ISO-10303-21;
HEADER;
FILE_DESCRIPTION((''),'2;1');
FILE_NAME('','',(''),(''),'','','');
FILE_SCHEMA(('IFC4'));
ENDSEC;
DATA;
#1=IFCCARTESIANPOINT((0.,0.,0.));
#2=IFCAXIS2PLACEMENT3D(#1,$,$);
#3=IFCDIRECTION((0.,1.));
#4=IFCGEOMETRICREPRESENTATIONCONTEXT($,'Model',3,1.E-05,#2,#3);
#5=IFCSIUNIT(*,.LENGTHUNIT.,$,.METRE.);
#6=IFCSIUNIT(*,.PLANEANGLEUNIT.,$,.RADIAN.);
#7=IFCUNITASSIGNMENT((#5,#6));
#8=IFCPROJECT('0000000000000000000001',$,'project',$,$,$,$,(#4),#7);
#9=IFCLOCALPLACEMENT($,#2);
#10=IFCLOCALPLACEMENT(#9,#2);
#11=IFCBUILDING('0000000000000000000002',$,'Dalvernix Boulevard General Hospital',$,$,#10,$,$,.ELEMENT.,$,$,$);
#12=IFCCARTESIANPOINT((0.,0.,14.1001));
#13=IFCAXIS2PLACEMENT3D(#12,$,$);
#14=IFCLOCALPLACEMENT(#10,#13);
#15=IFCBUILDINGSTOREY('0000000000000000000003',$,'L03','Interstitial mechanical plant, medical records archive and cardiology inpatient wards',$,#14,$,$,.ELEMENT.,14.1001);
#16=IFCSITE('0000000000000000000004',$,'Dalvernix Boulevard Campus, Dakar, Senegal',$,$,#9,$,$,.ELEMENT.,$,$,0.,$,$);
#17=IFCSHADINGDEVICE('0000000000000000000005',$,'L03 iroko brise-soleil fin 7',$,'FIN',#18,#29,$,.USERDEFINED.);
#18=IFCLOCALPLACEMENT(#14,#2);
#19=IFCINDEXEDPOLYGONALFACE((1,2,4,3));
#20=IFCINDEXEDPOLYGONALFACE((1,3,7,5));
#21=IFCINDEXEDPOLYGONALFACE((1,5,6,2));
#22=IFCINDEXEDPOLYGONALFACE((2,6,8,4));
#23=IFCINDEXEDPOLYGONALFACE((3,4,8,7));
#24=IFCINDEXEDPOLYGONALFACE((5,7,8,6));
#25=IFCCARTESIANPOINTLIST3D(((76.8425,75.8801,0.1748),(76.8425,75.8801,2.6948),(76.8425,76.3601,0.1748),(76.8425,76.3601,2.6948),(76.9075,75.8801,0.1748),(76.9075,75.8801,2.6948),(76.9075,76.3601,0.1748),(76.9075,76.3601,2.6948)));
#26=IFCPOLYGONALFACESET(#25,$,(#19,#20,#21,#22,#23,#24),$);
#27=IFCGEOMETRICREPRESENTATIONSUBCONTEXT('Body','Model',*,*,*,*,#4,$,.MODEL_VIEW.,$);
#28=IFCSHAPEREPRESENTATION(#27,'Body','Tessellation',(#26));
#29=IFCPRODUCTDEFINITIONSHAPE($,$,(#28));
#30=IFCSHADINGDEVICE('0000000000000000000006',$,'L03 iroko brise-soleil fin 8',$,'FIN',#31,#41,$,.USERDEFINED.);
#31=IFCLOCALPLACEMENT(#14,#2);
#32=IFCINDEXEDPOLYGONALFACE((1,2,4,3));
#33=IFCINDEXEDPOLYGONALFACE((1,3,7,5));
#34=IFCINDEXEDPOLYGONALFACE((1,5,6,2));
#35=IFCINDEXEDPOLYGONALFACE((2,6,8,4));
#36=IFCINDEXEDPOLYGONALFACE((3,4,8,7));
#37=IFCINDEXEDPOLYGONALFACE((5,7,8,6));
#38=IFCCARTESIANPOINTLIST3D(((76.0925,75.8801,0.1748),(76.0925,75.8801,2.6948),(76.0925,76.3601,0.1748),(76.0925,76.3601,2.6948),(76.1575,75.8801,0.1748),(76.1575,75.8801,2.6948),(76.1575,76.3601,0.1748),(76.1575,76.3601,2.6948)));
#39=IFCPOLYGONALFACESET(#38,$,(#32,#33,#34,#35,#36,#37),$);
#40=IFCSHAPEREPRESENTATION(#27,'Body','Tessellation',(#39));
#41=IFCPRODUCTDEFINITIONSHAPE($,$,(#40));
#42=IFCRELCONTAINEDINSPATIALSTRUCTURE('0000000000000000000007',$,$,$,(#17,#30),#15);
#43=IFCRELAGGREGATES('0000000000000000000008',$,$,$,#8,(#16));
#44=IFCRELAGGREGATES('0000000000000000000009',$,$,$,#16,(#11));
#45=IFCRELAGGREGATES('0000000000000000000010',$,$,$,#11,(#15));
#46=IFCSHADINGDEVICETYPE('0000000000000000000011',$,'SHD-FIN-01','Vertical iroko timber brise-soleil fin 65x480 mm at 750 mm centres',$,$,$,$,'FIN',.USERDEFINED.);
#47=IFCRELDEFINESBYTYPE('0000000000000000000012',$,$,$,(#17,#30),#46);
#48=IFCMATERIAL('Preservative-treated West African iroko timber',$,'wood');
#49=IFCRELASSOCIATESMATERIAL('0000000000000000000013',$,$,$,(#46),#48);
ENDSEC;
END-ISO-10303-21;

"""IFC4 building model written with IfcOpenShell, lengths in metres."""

from ifc_helpers import new_model, si_unit, direction, frame, origin, origin_2d, place, context, subcontext, project, spatial, rectangle, extrude, material, type_object, element, save


model = new_model("IFC4")

# Units and contexts
model_context = context("Model", 3, precision=1e-05, world=origin(), true_north=direction((0.0, 1.0)))
body_context = subcontext(model_context, "Body", "Model", "MODEL_VIEW")
ifc_project = project(units=[si_unit("LENGTHUNIT", "METRE"), si_unit("PLANEANGLEUNIT", "RADIAN")], contexts=[model_context])

# Site, building, storey
site_placement = place(None, origin())
site = spatial("IfcSite", under=ifc_project, at=site_placement, Name="Dalvernix Boulevard Campus, Dakar, Senegal", CompositionType="ELEMENT", RefElevation=0.0)
building_placement = place(site_placement, origin())
building = spatial("IfcBuilding", under=site, at=building_placement, Name="Dalvernix Boulevard General Hospital", CompositionType="ELEMENT")
storey_placement = place(building_placement, frame((0.0, 0.0, 14.1001)))
storey = spatial("IfcBuildingStorey", under=building, at=storey_placement, Name="L03", Description="Interstitial mechanical plant, medical records archive and cardiology inpatient wards", CompositionType="ELEMENT", Elevation=14.1001)

# Shading devices
ifc_material_1 = material(Name="Preservative-treated West African iroko timber", Category="wood")
shading_device_type = type_object("IfcShadingDeviceType", Name="SHD-FIN-01", Description="Vertical iroko timber brise-soleil fin 65x480 mm at 750 mm centres", ElementType="FIN", PredefinedType="USERDEFINED", material=ifc_material_1)
for number, where, z_axis, x_axis, name in (
    (1, (76.875, 76.1201, 0.1748), (0.0, 0.0, 1.0), (-1.0, 0.0, 0.0), "L03 iroko brise-soleil fin 7"),
    (2, (76.125, 76.1201, 0.1748), (0.0, 0.0, 1.0), (-1.0, 0.0, 0.0), "L03 iroko brise-soleil fin 8"),
):
    element("IfcShadingDevice", number, at=place(storey_placement, frame(where, z_axis=z_axis, x_axis=x_axis)), inside=storey, type_object=shading_device_type, Name=name, ObjectType="FIN", PredefinedType="USERDEFINED", context=body_context, shape_type="SweptSolid", body=[
        extrude(rectangle(XDim=0.0649, YDim=0.48, at=origin_2d()), origin(), (0.0, 0.0, 1.0), 2.52),
    ])

save(model, "model.ifc")
